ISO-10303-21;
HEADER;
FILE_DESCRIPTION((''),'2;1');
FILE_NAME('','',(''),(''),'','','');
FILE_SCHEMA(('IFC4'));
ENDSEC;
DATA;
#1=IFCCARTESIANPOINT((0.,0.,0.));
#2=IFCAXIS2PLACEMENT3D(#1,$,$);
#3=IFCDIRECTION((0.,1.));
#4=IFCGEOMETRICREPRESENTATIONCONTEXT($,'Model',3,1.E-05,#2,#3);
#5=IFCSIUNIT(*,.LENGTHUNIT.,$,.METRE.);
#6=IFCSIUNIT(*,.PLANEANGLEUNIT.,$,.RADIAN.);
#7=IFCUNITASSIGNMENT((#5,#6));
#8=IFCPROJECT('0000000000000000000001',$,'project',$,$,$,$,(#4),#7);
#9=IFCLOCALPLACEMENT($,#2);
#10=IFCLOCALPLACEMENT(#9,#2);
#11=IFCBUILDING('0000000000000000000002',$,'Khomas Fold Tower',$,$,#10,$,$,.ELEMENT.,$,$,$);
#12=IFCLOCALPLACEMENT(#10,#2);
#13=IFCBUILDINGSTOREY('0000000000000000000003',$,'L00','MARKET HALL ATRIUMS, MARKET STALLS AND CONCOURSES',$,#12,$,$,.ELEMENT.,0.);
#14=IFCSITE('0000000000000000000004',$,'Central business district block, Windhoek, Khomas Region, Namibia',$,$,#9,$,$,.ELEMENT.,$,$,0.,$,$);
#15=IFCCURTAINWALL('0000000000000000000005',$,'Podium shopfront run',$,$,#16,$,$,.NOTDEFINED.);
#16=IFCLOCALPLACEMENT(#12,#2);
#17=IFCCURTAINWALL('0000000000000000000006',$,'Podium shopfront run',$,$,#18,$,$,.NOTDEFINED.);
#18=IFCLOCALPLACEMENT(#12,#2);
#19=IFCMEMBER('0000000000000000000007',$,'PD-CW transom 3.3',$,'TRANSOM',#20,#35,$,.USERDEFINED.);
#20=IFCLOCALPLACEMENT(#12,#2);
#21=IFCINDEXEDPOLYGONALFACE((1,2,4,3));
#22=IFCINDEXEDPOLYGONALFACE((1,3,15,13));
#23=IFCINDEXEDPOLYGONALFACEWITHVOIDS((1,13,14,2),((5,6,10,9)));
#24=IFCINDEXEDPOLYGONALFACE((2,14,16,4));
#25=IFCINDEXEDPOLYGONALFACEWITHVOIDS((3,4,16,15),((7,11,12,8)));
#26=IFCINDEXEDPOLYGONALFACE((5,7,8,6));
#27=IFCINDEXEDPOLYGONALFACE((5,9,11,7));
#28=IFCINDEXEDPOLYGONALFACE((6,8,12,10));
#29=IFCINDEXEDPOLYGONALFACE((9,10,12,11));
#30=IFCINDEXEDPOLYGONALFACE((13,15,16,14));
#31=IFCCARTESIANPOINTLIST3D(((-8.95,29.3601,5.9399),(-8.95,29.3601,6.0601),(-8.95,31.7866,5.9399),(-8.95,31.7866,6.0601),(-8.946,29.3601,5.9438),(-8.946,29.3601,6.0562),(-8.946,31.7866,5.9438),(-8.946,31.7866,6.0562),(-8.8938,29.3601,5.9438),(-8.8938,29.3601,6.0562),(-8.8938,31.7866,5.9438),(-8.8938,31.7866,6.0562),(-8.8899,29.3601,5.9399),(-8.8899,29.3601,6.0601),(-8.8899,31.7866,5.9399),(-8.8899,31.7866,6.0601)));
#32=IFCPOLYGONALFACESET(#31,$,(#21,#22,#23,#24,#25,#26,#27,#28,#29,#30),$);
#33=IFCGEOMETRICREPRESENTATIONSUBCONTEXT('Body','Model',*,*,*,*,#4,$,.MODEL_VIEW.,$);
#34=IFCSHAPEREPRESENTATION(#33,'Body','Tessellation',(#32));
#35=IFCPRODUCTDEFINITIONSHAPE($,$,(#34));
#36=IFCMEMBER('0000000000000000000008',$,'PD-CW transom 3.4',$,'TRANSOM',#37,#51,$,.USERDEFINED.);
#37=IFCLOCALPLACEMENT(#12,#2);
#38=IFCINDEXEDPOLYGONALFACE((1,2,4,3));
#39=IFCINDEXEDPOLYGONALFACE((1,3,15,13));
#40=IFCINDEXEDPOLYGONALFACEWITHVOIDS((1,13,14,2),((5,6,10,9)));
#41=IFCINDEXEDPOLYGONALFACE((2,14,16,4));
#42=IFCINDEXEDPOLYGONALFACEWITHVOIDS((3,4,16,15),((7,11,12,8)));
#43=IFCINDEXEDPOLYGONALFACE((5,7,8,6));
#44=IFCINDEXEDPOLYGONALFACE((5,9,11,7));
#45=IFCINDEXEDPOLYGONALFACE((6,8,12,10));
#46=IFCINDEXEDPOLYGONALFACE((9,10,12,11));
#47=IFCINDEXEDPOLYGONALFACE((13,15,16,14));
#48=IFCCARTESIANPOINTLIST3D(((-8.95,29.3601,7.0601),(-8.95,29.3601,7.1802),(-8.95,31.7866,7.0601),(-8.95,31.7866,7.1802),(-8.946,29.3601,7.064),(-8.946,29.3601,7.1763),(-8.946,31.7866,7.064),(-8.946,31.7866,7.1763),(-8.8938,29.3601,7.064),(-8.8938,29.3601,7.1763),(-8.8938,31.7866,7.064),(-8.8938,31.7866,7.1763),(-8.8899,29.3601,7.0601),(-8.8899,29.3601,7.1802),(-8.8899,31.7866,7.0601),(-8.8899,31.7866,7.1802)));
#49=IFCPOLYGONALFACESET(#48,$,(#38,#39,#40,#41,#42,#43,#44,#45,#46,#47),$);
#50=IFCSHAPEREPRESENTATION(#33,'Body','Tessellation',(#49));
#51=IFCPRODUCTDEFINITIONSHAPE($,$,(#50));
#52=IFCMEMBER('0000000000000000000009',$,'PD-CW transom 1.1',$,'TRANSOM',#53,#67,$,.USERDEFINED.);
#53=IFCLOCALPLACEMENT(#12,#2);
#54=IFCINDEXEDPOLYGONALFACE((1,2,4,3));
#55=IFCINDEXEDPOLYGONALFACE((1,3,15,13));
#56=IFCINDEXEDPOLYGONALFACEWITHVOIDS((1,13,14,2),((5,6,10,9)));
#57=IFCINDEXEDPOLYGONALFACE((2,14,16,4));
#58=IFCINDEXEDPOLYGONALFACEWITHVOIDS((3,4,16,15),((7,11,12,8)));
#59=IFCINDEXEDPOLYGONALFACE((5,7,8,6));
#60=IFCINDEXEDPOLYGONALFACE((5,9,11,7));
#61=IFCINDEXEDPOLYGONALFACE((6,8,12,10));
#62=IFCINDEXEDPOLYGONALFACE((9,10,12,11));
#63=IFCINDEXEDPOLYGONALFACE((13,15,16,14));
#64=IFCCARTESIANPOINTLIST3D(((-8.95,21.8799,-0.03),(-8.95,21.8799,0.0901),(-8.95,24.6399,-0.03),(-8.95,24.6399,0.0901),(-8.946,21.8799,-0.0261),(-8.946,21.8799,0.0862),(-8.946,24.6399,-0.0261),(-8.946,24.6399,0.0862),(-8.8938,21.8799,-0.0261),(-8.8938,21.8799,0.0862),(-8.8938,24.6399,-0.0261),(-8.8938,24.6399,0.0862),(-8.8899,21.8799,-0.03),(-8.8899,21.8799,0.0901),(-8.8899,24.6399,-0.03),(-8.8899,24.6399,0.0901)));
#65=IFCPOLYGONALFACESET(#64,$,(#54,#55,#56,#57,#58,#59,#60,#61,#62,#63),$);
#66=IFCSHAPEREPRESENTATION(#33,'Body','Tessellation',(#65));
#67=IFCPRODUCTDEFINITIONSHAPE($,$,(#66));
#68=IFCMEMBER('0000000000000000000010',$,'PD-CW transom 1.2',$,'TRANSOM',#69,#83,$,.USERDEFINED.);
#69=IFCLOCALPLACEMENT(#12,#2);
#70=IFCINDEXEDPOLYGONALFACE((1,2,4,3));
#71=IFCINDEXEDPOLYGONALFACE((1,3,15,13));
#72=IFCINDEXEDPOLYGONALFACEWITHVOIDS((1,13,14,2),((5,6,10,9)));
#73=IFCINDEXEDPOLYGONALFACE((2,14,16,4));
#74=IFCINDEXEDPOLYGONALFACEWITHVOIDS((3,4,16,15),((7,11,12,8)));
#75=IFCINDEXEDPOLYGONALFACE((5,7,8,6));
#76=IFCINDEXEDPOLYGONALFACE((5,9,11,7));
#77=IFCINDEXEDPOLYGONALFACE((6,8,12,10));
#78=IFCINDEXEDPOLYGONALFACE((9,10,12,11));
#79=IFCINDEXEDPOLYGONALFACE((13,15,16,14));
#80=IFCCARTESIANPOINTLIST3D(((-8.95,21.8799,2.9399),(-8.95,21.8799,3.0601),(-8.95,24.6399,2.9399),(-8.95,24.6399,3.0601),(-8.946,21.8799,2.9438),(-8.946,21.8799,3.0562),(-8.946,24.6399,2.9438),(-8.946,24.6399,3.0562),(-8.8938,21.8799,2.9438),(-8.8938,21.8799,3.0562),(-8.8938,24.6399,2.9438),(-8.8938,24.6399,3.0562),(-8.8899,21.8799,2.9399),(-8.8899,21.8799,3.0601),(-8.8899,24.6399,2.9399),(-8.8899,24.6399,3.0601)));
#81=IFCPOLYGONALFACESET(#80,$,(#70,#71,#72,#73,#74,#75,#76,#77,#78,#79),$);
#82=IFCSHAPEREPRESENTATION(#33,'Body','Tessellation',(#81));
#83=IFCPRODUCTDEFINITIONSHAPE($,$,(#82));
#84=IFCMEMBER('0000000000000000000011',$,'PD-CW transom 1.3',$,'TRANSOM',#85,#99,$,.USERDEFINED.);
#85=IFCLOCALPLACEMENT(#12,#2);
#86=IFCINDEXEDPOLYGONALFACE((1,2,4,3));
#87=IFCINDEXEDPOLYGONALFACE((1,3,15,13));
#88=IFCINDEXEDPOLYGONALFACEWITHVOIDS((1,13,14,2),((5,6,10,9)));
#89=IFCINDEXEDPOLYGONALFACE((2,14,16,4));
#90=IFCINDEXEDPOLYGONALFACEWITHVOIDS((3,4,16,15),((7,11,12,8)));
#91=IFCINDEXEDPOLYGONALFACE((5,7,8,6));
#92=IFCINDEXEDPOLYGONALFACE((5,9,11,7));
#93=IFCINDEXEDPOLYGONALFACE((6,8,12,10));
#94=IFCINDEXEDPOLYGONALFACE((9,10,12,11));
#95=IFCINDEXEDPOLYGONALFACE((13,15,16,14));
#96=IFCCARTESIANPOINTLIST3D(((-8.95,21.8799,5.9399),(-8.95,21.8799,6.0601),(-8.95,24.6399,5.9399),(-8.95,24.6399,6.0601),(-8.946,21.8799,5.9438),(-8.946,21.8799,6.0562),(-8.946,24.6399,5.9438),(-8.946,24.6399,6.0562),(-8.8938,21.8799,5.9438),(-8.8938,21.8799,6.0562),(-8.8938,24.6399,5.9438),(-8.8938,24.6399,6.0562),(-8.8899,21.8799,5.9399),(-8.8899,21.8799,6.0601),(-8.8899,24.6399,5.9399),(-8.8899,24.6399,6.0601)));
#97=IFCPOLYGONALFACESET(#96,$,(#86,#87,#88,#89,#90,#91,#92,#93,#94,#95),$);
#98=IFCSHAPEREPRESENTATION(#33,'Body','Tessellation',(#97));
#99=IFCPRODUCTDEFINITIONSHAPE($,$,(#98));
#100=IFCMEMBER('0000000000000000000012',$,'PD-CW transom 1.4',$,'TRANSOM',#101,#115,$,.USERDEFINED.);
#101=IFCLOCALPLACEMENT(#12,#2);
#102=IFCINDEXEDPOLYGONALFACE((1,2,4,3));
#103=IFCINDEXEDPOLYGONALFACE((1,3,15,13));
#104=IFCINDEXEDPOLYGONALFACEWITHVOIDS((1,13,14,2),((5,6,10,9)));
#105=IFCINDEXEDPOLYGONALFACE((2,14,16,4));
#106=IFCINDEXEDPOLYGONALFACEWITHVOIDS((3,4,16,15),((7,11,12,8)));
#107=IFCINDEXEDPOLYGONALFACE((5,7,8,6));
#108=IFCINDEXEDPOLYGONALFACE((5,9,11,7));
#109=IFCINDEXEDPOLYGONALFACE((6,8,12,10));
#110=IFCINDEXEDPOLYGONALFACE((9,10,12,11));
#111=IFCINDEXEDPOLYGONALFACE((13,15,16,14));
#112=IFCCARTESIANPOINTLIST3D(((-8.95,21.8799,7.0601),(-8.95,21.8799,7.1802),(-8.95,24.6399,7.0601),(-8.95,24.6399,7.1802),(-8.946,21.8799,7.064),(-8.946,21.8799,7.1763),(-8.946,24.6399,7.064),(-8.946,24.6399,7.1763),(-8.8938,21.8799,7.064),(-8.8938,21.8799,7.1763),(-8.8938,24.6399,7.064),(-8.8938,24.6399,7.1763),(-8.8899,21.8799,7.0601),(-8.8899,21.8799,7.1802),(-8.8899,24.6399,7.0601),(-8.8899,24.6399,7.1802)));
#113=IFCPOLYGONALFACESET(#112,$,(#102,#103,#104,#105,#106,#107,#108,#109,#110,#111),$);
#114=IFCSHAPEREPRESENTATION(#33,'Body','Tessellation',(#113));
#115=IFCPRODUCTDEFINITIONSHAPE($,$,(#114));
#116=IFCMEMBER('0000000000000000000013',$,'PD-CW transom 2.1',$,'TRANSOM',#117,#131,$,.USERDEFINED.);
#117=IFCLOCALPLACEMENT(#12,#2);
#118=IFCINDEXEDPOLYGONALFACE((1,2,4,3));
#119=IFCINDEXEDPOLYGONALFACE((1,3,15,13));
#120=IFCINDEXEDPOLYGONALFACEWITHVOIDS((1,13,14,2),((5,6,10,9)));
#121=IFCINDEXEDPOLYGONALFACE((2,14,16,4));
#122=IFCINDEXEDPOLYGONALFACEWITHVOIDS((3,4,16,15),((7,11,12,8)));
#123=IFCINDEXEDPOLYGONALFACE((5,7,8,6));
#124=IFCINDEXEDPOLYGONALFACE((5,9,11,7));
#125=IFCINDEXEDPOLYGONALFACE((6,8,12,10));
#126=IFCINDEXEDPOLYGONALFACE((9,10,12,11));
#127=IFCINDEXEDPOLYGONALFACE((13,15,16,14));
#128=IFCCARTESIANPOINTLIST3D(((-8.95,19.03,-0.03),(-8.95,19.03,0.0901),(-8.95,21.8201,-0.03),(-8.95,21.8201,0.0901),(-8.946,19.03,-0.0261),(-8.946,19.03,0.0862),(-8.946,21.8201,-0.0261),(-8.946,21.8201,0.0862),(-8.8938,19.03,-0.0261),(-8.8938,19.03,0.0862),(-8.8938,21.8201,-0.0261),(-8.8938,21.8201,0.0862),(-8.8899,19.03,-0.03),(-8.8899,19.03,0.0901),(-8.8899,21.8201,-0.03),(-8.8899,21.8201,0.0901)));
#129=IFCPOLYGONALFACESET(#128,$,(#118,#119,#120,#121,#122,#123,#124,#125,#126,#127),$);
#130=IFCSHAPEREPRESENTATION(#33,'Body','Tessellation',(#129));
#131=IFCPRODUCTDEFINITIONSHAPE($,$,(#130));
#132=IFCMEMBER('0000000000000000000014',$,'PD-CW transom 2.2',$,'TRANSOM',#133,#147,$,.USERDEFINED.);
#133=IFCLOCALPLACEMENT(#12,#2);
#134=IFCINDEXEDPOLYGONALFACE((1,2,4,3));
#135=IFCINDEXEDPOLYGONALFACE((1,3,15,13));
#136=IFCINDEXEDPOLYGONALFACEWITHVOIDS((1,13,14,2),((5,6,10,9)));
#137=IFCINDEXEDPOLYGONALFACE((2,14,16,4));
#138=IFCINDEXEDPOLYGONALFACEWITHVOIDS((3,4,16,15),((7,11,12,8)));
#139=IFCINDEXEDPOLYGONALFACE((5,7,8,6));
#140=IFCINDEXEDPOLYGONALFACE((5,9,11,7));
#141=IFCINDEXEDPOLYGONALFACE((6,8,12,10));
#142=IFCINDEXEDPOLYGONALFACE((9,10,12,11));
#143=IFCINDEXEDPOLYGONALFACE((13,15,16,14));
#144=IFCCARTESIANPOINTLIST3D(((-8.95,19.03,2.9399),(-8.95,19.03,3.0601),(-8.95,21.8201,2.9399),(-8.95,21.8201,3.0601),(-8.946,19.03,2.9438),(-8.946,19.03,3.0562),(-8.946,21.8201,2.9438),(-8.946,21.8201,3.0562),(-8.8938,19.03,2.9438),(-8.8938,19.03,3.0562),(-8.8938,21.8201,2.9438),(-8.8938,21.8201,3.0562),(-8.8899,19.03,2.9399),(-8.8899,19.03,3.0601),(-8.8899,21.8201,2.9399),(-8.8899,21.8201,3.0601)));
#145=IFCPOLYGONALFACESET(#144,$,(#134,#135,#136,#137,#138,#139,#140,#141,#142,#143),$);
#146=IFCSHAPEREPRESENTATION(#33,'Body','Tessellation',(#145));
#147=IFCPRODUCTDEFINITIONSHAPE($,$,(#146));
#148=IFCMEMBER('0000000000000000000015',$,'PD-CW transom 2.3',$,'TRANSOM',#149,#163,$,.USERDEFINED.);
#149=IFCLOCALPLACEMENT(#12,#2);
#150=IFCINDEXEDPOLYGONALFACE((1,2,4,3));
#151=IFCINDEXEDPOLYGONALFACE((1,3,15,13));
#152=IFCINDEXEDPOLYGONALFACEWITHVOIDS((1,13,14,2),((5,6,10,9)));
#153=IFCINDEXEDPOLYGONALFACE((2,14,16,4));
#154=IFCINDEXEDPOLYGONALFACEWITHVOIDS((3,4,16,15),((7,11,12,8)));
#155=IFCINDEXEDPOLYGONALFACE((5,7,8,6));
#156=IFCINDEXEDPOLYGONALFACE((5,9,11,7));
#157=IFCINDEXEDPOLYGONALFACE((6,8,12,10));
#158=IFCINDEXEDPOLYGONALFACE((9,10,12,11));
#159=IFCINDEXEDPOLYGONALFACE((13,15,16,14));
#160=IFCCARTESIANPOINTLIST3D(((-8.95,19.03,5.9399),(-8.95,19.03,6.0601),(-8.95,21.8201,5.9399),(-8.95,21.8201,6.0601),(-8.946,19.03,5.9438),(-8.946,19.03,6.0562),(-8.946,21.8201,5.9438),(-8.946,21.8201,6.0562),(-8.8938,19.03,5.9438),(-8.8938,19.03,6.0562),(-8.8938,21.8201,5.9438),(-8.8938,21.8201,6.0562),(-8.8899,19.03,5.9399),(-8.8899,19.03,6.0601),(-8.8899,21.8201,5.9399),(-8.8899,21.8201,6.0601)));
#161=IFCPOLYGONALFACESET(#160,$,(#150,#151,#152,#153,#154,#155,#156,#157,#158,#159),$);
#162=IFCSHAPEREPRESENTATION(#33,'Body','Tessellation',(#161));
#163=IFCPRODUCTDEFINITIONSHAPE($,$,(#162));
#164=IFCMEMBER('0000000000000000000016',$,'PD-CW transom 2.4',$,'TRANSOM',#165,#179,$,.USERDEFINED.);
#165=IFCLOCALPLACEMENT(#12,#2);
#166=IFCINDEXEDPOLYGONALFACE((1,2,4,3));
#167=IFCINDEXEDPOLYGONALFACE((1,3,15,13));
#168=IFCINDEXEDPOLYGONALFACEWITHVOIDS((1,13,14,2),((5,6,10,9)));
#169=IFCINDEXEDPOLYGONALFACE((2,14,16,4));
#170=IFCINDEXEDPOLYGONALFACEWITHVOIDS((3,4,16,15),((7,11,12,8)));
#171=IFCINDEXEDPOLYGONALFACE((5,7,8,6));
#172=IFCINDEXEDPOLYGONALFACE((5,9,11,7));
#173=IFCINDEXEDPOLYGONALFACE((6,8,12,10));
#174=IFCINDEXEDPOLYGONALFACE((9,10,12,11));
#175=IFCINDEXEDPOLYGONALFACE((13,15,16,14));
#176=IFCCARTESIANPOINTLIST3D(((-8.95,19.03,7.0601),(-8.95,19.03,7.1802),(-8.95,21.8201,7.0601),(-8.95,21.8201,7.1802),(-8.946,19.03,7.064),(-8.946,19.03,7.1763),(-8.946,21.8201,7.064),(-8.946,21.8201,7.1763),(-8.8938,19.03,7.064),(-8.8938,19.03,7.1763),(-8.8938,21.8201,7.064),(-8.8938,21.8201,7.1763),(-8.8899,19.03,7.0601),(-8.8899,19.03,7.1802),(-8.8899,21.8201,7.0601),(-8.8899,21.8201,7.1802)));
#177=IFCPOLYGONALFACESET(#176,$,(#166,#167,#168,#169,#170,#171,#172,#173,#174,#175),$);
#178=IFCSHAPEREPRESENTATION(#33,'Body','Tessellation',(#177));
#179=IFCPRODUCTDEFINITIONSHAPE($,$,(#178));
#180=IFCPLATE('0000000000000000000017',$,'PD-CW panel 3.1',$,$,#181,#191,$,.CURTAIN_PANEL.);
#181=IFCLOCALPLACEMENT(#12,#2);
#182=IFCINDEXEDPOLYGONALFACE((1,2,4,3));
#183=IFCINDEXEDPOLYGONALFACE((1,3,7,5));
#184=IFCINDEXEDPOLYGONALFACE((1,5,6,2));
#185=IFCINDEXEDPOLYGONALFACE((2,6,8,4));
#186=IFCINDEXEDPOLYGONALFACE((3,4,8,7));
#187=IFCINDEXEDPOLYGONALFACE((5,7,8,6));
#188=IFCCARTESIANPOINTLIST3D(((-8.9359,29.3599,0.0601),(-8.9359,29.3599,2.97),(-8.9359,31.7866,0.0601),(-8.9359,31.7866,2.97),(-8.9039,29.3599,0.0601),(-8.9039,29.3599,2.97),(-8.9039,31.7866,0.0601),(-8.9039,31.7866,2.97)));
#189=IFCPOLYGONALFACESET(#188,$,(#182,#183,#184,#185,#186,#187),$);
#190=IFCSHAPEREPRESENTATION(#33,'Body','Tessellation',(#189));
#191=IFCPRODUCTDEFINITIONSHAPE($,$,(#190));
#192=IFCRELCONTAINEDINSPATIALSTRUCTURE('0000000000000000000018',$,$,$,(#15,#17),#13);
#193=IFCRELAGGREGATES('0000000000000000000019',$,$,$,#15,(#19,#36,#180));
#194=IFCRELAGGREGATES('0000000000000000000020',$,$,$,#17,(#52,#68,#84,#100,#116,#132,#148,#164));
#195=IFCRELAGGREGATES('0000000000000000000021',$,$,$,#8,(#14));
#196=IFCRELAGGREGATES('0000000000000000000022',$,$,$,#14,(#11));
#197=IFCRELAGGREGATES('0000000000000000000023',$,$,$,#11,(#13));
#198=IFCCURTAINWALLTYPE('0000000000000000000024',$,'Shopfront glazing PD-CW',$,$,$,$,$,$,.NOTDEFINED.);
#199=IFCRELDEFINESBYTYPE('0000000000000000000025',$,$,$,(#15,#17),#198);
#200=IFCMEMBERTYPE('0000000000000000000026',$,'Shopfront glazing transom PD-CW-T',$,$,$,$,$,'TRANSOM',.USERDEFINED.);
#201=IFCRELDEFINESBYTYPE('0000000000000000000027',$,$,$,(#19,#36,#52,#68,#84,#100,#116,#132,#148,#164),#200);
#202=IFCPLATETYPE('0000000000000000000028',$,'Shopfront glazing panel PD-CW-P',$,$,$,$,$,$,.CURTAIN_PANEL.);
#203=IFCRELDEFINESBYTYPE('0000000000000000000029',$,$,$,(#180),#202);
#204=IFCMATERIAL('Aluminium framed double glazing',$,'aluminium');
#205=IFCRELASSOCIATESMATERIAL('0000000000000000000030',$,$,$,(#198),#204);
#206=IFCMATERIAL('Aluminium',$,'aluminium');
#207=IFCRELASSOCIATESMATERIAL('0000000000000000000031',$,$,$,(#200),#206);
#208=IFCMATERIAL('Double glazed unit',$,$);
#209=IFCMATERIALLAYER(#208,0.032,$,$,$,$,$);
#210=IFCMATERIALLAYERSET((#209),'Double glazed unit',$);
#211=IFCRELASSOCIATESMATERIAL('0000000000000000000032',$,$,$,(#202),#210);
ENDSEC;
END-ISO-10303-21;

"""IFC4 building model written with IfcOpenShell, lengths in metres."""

from ifc_helpers import new_model, si_unit, direction, frame, origin, origin_2d, place, context, subcontext, project, spatial, rectangle, hollow_rectangle, extrude, source, transform, mapped, material, layer, layer_set, material_profile, profile_set, type_object, element, aggregate, save


model = new_model("IFC4")

# Units and contexts
model_context = context("Model", 3, precision=1e-05, world=origin(), true_north=direction((0.0, 1.0)))
body_context = subcontext(model_context, "Body", "Model", "MODEL_VIEW")
ifc_project = project(units=[si_unit("LENGTHUNIT", "METRE"), si_unit("PLANEANGLEUNIT", "RADIAN")], contexts=[model_context])

# Site, building, storey
site_placement = place(None, origin())
site = spatial("IfcSite", under=ifc_project, at=site_placement, Name="Central business district block, Windhoek, Khomas Region, Namibia", CompositionType="ELEMENT", RefElevation=0.0)
building_placement = place(site_placement, origin())
building = spatial("IfcBuilding", under=site, at=building_placement, Name="Khomas Fold Tower", CompositionType="ELEMENT")
storey_placement = place(building_placement, origin())
storey = spatial("IfcBuildingStorey", under=building, at=storey_placement, Name="L00", Description="MARKET HALL ATRIUMS, MARKET STALLS AND CONCOURSES", CompositionType="ELEMENT", Elevation=0.0)

# Curtain walls
ifc_material_1 = material(Name="Aluminium framed double glazing", Category="aluminium")
curtain_wall_type = type_object("IfcCurtainWallType", Name="Shopfront glazing PD-CW", PredefinedType="NOTDEFINED", material=ifc_material_1)
curtain_wall_1_placement = place(storey_placement, origin())
curtain_wall_1 = element("IfcCurtainWall", 1, at=curtain_wall_1_placement, inside=storey, type_object=curtain_wall_type, Name="Podium shopfront run", PredefinedType="NOTDEFINED")
curtain_wall_2_placement = place(storey_placement, origin())
curtain_wall_2 = element("IfcCurtainWall", 2, at=curtain_wall_2_placement, inside=storey, type_object=curtain_wall_type, Name="Podium shopfront run", PredefinedType="NOTDEFINED")

# Members
ifc_material_2 = material(Name="Aluminium", Category="aluminium")
ifc_material_profile_1 = material_profile(ifc_material_2, hollow_rectangle(XDim=0.0601, YDim=0.1201, WallThickness=0.0039, at=origin_2d()), Name="Shopfront glazing transom PD-CW-T")
ifc_profile_set_1 = profile_set([ifc_material_profile_1], Name="Aluminium")
member_type_1 = type_object("IfcMemberType", Name="Shopfront glazing transom PD-CW-T", ElementType="TRANSOM", PredefinedType="USERDEFINED", material=ifc_profile_set_1)
shared_shape_1 = source(origin(), body_context, "Body", "SweptSolid", [
    extrude(hollow_rectangle(XDim=0.0601, YDim=0.1201, WallThickness=0.0039, at=origin_2d()), origin(), (0.0, 0.0, 1.0), 2.4265),
])
member_1_placement = place(storey_placement, frame((-8.9199, 31.7866, 6.0), z_axis=(0.0, -1.0, 0.0), x_axis=(1.0, 0.0, 0.0)))
member_1 = element("IfcMember", 3, at=member_1_placement, type_object=member_type_1, Name="PD-CW transom 3.3", ObjectType="TRANSOM", PredefinedType="USERDEFINED", context=body_context, shape_type="MappedRepresentation", body=[
    mapped(shared_shape_1, transform((0.0, 0.0, 0.0))),
])
member_2_placement = place(storey_placement, frame((-8.9199, 31.7866, 7.1201), z_axis=(0.0, -1.0, 0.0), x_axis=(1.0, 0.0, 0.0)))
member_2 = element("IfcMember", 4, at=member_2_placement, type_object=member_type_1, Name="PD-CW transom 3.4", ObjectType="TRANSOM", PredefinedType="USERDEFINED", context=body_context, shape_type="MappedRepresentation", body=[
    mapped(shared_shape_1, transform((0.0, 0.0, 0.0))),
])
shared_shape_2 = source(origin(), body_context, "Body", "SweptSolid", [
    extrude(hollow_rectangle(XDim=0.0601, YDim=0.1201, WallThickness=0.0039, at=origin_2d()), origin(), (0.0, 0.0, 1.0), 2.76),
])
member_3_placement = place(storey_placement, frame((-8.9199, 24.6399, 0.03), z_axis=(0.0, -1.0, 0.0), x_axis=(1.0, 0.0, 0.0)))
member_3 = element("IfcMember", 5, at=member_3_placement, type_object=member_type_1, Name="PD-CW transom 1.1", ObjectType="TRANSOM", PredefinedType="USERDEFINED", context=body_context, shape_type="MappedRepresentation", body=[
    mapped(shared_shape_2, transform((0.0, 0.0, 0.0))),
])
member_4_placement = place(storey_placement, frame((-8.9199, 24.6399, 3.0), z_axis=(0.0, -1.0, 0.0), x_axis=(1.0, 0.0, 0.0)))
member_4 = element("IfcMember", 6, at=member_4_placement, type_object=member_type_1, Name="PD-CW transom 1.2", ObjectType="TRANSOM", PredefinedType="USERDEFINED", context=body_context, shape_type="MappedRepresentation", body=[
    mapped(shared_shape_2, transform((0.0, 0.0, 0.0))),
])
member_5_placement = place(storey_placement, frame((-8.9199, 24.6399, 6.0), z_axis=(0.0, -1.0, 0.0), x_axis=(1.0, 0.0, 0.0)))
member_5 = element("IfcMember", 7, at=member_5_placement, type_object=member_type_1, Name="PD-CW transom 1.3", ObjectType="TRANSOM", PredefinedType="USERDEFINED", context=body_context, shape_type="MappedRepresentation", body=[
    mapped(shared_shape_2, transform((0.0, 0.0, 0.0))),
])
member_6_placement = place(storey_placement, frame((-8.9199, 24.6399, 7.1201), z_axis=(0.0, -1.0, 0.0), x_axis=(1.0, 0.0, 0.0)))
member_6 = element("IfcMember", 8, at=member_6_placement, type_object=member_type_1, Name="PD-CW transom 1.4", ObjectType="TRANSOM", PredefinedType="USERDEFINED", context=body_context, shape_type="MappedRepresentation", body=[
    mapped(shared_shape_2, transform((0.0, 0.0, 0.0))),
])
shared_shape_3 = source(origin(), body_context, "Body", "SweptSolid", [
    extrude(hollow_rectangle(XDim=0.0601, YDim=0.1201, WallThickness=0.0039, at=origin_2d()), origin(), (0.0, 0.0, 1.0), 2.79),
])
member_7_placement = place(storey_placement, frame((-8.9199, 21.8201, 0.03), z_axis=(0.0, -1.0, 0.0), x_axis=(1.0, 0.0, 0.0)))
member_7 = element("IfcMember", 9, at=member_7_placement, type_object=member_type_1, Name="PD-CW transom 2.1", ObjectType="TRANSOM", PredefinedType="USERDEFINED", context=body_context, shape_type="MappedRepresentation", body=[
    mapped(shared_shape_3, transform((0.0, 0.0, 0.0))),
])
member_8_placement = place(storey_placement, frame((-8.9199, 21.8201, 3.0), z_axis=(0.0, -1.0, 0.0), x_axis=(1.0, 0.0, 0.0)))
member_8 = element("IfcMember", 10, at=member_8_placement, type_object=member_type_1, Name="PD-CW transom 2.2", ObjectType="TRANSOM", PredefinedType="USERDEFINED", context=body_context, shape_type="MappedRepresentation", body=[
    mapped(shared_shape_3, transform((0.0, 0.0, 0.0))),
])
member_9_placement = place(storey_placement, frame((-8.9199, 21.8201, 6.0), z_axis=(0.0, -1.0, 0.0), x_axis=(1.0, 0.0, 0.0)))
member_9 = element("IfcMember", 11, at=member_9_placement, type_object=member_type_1, Name="PD-CW transom 2.3", ObjectType="TRANSOM", PredefinedType="USERDEFINED", context=body_context, shape_type="MappedRepresentation", body=[
    mapped(shared_shape_3, transform((0.0, 0.0, 0.0))),
])
member_10_placement = place(storey_placement, frame((-8.9199, 21.8201, 7.1201), z_axis=(0.0, -1.0, 0.0), x_axis=(1.0, 0.0, 0.0)))
member_10 = element("IfcMember", 12, at=member_10_placement, type_object=member_type_1, Name="PD-CW transom 2.4", ObjectType="TRANSOM", PredefinedType="USERDEFINED", context=body_context, shape_type="MappedRepresentation", body=[
    mapped(shared_shape_3, transform((0.0, 0.0, 0.0))),
])

# Plate
ifc_material_3 = material(Name="Double glazed unit")
ifc_layer_1 = layer(ifc_material_3, 0.032)
ifc_layer_set_1 = layer_set([ifc_layer_1], Name="Double glazed unit")
plate_type = type_object("IfcPlateType", Name="Shopfront glazing panel PD-CW-P", PredefinedType="CURTAIN_PANEL", material=ifc_layer_set_1)
shared_shape_4 = source(origin(), body_context, "Body", "SweptSolid", [
    extrude(rectangle(XDim=2.4268, YDim=0.032, at=origin_2d()), origin(), (0.0, 0.0, 1.0), 2.9099),
])
plate_1_placement = place(storey_placement, frame((-8.9199, 30.5732, 0.0601), z_axis=(0.0, 0.0, 1.0), x_axis=(0.0, -1.0, 0.0)))
plate_1 = element("IfcPlate", 13, at=plate_1_placement, type_object=plate_type, Name="PD-CW panel 3.1", PredefinedType="CURTAIN_PANEL", context=body_context, shape_type="MappedRepresentation", body=[
    mapped(shared_shape_4, transform((0.0, 0.0, 0.0))),
])
aggregate(curtain_wall_1, [member_1, member_2, plate_1])
aggregate(curtain_wall_2, [member_3, member_4, member_5, member_6, member_7, member_8, member_9, member_10])

save(model, "model.ifc")
